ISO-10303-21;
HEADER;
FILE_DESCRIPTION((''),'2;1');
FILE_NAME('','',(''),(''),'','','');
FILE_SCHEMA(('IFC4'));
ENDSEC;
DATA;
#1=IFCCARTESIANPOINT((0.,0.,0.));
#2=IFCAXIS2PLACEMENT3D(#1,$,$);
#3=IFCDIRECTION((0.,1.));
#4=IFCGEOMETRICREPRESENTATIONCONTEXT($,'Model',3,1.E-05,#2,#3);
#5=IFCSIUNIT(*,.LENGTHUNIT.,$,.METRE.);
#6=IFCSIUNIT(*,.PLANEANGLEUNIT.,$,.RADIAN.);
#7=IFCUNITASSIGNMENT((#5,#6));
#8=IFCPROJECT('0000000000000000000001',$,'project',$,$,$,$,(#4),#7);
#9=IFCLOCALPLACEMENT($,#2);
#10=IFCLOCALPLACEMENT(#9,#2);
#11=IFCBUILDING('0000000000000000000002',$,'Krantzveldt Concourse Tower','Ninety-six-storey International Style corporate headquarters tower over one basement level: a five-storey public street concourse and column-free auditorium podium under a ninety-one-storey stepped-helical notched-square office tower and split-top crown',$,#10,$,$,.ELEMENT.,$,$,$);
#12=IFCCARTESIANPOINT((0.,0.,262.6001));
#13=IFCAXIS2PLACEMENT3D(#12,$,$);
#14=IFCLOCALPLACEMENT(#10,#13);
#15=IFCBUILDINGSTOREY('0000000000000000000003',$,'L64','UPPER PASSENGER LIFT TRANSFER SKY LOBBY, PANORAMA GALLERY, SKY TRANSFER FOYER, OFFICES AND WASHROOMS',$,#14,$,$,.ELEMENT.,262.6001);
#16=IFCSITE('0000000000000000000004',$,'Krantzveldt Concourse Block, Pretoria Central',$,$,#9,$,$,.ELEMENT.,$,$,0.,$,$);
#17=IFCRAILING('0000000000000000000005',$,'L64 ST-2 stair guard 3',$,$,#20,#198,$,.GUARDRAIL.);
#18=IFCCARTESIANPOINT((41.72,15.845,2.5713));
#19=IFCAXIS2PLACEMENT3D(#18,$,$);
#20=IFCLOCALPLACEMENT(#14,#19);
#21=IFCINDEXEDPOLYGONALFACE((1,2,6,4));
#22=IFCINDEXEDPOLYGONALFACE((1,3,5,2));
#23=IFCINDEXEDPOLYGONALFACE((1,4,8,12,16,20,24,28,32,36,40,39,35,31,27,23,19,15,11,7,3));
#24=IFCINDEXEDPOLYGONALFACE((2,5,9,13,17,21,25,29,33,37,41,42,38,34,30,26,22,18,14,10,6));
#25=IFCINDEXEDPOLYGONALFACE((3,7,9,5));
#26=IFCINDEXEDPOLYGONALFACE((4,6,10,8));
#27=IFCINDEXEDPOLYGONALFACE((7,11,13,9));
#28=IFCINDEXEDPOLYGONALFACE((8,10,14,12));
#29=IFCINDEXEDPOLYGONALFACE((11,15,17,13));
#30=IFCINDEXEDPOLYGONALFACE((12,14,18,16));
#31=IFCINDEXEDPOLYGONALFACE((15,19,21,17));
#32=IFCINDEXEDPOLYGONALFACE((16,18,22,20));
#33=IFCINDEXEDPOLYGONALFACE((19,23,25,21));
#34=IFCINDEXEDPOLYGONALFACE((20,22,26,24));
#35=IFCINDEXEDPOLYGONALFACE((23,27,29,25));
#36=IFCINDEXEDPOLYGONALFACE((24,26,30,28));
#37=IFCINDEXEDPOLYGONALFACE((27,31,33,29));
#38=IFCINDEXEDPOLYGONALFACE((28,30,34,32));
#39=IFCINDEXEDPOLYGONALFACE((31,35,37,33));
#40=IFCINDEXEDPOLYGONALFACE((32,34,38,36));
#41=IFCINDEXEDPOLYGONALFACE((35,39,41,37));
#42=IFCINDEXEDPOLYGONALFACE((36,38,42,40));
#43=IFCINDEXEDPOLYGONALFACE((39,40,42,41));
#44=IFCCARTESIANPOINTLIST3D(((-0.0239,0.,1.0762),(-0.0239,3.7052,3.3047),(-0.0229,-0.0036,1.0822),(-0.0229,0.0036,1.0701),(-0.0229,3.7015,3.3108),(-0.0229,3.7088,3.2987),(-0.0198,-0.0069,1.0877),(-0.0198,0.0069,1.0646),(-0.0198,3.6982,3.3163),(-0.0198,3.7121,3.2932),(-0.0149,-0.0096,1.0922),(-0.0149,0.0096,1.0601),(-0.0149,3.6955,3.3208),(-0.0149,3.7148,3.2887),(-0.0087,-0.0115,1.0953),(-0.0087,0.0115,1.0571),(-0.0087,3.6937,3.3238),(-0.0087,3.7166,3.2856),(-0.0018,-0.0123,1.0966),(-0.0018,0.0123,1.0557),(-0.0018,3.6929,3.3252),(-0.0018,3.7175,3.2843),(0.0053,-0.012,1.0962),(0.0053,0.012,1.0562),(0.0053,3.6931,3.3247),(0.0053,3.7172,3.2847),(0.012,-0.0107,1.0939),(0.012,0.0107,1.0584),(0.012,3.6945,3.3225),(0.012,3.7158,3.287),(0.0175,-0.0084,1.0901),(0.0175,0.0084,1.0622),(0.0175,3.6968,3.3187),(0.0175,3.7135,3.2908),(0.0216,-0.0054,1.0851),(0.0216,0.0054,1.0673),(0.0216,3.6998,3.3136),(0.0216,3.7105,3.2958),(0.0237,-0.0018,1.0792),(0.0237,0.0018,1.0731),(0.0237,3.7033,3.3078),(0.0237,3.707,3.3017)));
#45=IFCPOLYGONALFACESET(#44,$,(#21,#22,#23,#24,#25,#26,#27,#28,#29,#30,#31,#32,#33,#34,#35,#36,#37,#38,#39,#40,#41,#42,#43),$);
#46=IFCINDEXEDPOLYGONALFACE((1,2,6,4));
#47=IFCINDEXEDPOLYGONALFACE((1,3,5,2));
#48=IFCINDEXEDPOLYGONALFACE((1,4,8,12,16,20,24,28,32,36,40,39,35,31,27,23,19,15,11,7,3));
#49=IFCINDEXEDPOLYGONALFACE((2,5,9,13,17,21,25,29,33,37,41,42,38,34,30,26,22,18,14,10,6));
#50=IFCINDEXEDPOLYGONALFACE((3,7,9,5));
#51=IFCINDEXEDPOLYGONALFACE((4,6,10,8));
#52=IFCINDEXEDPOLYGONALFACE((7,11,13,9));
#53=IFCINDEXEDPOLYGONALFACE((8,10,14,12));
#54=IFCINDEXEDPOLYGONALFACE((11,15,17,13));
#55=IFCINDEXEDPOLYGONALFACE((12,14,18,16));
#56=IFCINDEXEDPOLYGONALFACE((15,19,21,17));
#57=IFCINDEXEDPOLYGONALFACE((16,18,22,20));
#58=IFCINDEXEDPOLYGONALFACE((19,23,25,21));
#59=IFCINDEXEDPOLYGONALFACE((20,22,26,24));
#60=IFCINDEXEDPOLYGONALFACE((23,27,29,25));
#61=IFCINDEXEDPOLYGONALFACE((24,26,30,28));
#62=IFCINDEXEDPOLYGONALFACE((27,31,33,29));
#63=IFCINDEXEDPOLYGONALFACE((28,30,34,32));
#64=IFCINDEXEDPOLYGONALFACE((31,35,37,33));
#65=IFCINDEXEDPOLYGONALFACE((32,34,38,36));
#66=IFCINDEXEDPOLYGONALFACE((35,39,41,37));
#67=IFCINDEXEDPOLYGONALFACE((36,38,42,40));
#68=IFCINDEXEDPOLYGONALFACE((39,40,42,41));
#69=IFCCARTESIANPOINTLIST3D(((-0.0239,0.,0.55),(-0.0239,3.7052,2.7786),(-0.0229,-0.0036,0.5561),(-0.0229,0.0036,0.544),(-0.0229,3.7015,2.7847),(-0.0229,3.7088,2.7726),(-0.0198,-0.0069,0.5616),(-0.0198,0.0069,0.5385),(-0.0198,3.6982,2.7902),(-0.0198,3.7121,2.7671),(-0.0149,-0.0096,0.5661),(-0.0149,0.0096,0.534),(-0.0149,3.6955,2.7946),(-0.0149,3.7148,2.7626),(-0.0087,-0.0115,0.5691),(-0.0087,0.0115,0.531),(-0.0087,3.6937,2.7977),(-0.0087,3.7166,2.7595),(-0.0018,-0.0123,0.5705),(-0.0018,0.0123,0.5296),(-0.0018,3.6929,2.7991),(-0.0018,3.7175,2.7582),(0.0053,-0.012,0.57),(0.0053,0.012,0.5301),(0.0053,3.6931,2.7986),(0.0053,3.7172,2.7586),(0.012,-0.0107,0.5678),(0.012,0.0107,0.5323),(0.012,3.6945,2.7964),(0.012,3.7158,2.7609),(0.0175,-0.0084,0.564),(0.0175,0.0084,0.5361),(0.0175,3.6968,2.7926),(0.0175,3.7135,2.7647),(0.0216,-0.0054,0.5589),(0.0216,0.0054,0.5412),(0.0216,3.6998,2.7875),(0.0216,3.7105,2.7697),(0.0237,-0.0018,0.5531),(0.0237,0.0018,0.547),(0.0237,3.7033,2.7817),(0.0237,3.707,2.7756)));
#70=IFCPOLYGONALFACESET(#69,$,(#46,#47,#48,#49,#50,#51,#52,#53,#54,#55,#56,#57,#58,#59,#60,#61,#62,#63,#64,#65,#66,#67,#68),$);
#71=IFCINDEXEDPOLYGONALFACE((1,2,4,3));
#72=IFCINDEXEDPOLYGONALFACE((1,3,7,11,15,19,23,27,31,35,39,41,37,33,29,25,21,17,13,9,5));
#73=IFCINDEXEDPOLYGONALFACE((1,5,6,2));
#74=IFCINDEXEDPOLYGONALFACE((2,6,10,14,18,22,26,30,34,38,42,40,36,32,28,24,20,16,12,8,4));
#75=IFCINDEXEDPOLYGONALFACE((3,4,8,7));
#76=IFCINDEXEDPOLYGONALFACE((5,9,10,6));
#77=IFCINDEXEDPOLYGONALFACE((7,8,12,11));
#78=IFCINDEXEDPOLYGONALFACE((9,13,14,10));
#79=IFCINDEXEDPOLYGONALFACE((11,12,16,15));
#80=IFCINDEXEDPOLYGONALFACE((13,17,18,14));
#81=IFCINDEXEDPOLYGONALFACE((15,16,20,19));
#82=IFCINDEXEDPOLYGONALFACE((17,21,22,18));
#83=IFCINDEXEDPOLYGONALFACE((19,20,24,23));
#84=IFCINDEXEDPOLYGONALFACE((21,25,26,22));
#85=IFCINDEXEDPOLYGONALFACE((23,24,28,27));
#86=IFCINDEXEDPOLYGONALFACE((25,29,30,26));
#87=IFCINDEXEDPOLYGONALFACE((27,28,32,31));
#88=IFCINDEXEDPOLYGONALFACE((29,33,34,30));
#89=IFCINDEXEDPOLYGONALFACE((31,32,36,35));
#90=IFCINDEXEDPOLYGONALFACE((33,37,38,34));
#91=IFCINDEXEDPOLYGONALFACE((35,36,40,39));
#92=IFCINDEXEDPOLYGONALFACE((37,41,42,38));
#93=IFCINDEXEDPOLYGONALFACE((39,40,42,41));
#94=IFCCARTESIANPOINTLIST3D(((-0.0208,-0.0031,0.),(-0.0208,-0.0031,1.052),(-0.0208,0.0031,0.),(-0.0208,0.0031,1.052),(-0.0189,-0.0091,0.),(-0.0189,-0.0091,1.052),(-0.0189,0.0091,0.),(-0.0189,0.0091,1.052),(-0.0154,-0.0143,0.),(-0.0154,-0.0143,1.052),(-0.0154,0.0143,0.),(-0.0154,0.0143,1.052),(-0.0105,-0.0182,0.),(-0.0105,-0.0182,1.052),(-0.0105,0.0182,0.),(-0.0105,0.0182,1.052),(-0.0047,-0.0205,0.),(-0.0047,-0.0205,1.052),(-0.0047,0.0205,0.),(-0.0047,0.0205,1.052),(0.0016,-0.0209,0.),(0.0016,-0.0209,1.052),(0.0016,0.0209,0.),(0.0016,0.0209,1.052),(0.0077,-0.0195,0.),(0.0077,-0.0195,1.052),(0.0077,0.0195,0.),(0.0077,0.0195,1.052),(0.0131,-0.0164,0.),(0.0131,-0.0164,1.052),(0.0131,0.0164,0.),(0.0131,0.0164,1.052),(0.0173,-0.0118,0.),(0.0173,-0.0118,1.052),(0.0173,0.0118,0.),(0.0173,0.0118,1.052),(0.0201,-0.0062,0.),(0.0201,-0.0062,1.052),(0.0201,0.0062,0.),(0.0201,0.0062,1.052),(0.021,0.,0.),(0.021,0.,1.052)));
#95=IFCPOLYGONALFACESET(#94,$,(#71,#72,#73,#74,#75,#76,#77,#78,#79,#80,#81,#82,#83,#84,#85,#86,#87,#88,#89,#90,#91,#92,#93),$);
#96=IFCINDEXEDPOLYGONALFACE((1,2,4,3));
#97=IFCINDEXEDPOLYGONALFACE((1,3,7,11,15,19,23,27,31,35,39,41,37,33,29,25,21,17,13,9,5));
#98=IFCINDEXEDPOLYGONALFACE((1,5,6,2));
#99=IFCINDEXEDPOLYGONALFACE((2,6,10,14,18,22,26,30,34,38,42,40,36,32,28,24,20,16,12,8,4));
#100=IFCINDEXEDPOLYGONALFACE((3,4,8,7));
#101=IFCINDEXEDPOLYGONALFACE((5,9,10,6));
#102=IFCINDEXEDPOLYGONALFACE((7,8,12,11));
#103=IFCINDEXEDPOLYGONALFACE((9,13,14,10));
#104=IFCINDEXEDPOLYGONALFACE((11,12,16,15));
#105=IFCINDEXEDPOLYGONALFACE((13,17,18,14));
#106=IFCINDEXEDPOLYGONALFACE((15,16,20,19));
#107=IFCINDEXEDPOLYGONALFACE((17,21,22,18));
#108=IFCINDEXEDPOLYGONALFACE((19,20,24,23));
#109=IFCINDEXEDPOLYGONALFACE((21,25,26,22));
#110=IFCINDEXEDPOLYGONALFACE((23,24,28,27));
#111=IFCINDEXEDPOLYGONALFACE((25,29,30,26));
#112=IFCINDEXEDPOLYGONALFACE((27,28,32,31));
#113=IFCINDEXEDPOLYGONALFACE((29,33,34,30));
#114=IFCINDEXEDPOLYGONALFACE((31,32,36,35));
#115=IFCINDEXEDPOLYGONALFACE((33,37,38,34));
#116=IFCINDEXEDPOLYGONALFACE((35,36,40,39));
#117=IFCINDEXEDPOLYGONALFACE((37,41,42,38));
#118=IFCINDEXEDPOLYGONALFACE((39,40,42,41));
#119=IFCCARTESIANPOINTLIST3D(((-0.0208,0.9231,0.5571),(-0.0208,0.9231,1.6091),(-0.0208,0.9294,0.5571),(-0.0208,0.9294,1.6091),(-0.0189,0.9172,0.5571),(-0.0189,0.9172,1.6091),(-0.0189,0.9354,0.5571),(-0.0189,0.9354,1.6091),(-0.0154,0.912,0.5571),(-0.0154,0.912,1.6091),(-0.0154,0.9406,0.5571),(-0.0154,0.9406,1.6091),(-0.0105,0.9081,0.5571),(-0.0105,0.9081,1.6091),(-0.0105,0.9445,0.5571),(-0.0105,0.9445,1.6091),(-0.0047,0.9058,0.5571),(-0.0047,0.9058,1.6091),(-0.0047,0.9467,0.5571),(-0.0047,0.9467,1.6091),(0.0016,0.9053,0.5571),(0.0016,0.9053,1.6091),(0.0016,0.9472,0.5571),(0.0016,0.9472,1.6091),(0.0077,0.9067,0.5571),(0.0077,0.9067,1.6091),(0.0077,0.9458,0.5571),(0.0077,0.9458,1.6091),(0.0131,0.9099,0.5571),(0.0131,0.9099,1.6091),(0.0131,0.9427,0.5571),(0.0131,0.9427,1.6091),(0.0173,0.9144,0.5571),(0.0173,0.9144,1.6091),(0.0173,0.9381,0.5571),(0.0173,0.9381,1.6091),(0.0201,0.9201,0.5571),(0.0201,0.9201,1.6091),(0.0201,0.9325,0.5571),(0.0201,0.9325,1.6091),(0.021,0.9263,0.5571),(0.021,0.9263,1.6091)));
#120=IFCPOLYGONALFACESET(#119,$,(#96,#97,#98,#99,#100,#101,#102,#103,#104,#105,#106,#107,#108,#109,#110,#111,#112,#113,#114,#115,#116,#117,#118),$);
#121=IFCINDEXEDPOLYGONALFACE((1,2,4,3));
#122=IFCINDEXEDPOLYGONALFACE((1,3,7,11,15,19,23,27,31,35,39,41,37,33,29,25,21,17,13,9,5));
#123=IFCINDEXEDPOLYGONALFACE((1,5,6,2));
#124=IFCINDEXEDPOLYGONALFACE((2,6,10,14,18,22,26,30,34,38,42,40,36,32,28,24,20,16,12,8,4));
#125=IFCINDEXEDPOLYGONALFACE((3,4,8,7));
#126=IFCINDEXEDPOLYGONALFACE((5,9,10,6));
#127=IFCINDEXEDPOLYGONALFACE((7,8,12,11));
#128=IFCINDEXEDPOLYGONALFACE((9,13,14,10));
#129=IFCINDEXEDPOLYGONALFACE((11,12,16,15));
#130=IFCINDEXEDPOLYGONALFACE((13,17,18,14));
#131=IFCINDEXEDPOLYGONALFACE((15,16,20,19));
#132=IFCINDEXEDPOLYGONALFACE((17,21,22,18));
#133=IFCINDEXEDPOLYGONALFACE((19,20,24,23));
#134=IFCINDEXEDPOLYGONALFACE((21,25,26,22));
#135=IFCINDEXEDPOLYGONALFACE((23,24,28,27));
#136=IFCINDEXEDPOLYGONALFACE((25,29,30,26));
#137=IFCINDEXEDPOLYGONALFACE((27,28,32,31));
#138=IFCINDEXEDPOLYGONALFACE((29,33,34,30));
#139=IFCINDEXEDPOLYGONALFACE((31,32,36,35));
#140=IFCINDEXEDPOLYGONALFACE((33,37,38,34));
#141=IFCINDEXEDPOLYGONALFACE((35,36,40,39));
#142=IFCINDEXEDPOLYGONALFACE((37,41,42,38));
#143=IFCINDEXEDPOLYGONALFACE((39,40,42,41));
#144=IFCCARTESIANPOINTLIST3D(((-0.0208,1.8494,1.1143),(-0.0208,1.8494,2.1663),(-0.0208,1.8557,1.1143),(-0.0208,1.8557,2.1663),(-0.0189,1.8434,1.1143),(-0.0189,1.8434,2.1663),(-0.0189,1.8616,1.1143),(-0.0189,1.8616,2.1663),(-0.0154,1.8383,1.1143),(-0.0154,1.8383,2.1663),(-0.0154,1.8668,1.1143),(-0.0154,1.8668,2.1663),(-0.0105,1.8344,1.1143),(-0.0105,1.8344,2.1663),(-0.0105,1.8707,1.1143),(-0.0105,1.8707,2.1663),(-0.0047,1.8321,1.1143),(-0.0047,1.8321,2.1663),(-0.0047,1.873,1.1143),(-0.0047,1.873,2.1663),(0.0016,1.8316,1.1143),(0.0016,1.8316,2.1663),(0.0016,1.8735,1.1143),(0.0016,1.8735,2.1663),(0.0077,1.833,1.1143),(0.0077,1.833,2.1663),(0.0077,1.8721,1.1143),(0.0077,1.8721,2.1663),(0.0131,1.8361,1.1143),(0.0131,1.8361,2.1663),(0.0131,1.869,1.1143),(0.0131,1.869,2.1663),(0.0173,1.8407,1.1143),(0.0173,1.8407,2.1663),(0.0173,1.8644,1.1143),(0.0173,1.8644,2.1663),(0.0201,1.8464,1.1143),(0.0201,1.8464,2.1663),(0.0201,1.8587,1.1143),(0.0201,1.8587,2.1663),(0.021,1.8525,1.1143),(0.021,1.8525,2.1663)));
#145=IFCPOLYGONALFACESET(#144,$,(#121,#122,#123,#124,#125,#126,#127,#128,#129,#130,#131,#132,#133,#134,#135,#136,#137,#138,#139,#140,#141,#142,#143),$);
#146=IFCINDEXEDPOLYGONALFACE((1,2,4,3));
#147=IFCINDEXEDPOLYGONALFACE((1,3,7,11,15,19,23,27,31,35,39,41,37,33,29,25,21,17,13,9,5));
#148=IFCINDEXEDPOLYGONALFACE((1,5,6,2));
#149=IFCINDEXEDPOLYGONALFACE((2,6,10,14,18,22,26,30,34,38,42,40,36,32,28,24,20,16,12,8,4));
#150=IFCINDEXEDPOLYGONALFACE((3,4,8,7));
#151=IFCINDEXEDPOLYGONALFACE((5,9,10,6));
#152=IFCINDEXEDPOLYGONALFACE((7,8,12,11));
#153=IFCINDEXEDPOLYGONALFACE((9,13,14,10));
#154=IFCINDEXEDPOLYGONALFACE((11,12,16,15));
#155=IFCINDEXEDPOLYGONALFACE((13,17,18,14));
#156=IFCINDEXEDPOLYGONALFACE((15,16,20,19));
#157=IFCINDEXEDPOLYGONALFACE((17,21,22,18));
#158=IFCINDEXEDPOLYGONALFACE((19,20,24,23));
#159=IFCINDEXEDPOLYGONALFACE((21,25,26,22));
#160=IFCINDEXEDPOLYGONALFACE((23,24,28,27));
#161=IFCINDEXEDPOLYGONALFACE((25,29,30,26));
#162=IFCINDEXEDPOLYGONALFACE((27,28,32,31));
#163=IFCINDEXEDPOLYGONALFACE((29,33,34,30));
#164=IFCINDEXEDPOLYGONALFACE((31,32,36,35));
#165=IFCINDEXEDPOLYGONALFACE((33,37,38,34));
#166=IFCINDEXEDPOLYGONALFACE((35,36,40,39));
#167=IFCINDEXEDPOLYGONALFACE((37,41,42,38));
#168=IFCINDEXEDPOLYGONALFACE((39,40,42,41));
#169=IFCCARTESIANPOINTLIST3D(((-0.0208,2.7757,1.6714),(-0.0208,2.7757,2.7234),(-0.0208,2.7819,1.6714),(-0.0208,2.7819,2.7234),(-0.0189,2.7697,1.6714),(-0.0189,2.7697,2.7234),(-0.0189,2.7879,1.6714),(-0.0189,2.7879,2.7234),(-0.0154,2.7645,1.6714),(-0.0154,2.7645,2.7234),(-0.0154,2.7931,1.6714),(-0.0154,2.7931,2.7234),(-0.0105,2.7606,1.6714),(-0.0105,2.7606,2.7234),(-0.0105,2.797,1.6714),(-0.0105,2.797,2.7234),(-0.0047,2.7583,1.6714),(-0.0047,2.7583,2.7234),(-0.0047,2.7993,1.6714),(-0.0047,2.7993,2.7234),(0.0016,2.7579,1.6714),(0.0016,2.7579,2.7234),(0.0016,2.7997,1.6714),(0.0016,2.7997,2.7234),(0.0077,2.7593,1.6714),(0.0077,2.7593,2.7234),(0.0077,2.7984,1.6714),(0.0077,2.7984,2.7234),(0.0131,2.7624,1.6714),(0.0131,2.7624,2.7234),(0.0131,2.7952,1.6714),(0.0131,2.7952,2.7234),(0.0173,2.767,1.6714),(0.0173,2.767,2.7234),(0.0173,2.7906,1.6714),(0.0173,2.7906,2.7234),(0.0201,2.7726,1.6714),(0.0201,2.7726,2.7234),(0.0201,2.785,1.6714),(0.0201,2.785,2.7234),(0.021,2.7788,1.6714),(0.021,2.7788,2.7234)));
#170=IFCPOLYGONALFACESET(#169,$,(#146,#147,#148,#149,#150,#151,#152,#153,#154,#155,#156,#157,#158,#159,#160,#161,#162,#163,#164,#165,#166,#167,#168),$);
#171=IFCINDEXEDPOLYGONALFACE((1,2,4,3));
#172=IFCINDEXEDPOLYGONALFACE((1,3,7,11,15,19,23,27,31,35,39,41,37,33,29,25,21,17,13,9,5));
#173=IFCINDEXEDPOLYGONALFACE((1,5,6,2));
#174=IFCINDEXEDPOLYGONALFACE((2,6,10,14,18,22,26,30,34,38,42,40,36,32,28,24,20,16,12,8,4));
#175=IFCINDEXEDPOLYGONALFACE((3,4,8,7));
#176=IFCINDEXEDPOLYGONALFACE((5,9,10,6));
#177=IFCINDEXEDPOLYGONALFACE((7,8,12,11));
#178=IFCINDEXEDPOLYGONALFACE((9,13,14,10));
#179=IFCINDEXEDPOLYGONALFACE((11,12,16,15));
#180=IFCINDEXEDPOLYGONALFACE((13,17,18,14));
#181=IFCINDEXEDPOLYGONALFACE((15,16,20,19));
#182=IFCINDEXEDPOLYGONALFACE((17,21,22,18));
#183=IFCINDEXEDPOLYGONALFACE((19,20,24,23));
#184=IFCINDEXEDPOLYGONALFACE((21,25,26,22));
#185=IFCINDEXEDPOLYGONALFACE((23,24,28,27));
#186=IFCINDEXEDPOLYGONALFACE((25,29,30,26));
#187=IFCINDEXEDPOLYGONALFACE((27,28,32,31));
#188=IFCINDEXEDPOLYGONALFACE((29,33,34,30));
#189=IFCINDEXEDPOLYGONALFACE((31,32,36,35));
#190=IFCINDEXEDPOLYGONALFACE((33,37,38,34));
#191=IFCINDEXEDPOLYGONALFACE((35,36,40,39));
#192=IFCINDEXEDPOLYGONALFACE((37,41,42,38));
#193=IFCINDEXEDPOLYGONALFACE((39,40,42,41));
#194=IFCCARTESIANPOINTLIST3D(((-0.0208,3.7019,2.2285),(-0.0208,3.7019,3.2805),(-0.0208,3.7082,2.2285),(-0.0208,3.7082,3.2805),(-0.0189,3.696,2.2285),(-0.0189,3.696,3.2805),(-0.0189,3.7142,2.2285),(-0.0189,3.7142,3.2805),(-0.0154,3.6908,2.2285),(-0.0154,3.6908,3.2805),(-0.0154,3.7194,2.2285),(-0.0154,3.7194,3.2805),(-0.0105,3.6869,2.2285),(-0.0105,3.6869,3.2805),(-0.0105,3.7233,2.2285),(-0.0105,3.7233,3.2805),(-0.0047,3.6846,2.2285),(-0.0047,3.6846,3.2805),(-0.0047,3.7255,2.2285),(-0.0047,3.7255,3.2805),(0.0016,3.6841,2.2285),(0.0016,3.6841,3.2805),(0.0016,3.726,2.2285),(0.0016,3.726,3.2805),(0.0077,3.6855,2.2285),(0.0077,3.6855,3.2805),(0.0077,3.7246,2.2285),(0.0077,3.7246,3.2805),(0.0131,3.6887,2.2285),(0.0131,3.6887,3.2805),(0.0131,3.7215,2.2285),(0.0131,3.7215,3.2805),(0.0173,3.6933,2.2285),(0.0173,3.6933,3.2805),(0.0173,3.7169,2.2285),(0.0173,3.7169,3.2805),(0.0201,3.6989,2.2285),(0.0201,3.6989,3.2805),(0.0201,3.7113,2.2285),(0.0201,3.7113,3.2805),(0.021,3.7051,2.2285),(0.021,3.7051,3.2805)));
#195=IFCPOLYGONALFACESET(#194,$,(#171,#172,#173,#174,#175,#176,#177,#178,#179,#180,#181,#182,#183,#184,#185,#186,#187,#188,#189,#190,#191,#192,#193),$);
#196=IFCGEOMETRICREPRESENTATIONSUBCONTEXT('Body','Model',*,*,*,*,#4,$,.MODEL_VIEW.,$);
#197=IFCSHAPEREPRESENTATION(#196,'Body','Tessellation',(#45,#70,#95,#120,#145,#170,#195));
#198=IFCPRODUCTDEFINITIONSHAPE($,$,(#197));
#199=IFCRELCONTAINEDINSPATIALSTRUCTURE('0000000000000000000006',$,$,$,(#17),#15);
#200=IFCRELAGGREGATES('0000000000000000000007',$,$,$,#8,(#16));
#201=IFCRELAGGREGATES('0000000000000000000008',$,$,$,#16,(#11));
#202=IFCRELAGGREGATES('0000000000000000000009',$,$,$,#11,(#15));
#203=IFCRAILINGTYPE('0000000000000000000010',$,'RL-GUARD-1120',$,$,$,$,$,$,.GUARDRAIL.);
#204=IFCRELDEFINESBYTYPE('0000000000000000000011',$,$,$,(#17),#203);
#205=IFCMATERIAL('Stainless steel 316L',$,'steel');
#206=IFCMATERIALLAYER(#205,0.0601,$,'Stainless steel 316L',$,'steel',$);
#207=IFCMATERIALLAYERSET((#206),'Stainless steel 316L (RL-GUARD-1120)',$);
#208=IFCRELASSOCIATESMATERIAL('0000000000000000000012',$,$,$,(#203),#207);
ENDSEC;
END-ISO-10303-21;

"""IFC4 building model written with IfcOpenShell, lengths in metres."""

from ifc_helpers import new_model, si_unit, direction, frame, origin, origin_2d, place, context, subcontext, project, spatial, circle, extrude, material, layer, layer_set, type_object, element, save


model = new_model("IFC4")

# Units and contexts
model_context = context("Model", 3, precision=1e-05, world=origin(), true_north=direction((0.0, 1.0)))
body_context = subcontext(model_context, "Body", "Model", "MODEL_VIEW")
ifc_project = project(units=[si_unit("LENGTHUNIT", "METRE"), si_unit("PLANEANGLEUNIT", "RADIAN")], contexts=[model_context])

# Site, building, storey
site_placement = place(None, origin())
site = spatial("IfcSite", under=ifc_project, at=site_placement, Name="Krantzveldt Concourse Block, Pretoria Central", CompositionType="ELEMENT", RefElevation=0.0)
building_placement = place(site_placement, origin())
building = spatial("IfcBuilding", under=site, at=building_placement, Name="Krantzveldt Concourse Tower", Description="Ninety-six-storey International Style corporate headquarters tower over one basement level: a five-storey public street concourse and column-free auditorium podium under a ninety-one-storey stepped-helical notched-square office tower and split-top crown", CompositionType="ELEMENT")
storey_placement = place(building_placement, frame((0.0, 0.0, 262.6001)))
storey = spatial("IfcBuildingStorey", under=building, at=storey_placement, Name="L64", Description="UPPER PASSENGER LIFT TRANSFER SKY LOBBY, PANORAMA GALLERY, SKY TRANSFER FOYER, OFFICES AND WASHROOMS", CompositionType="ELEMENT", Elevation=262.6001)

# Shared definitions
ifc_material_1 = material(Name="Stainless steel 316L", Category="steel")

# Railing
ifc_layer_1 = layer(ifc_material_1, 0.0601, Name="Stainless steel 316L", Category="steel")
ifc_layer_set_1 = layer_set([ifc_layer_1], Name="Stainless steel 316L (RL-GUARD-1120)")
railing_type_1 = type_object("IfcRailingType", Name="RL-GUARD-1120", PredefinedType="GUARDRAIL", material=ifc_layer_set_1)
railing_1_placement = place(storey_placement, frame((41.72, 15.845, 2.5713)))
element("IfcRailing", 1, at=railing_1_placement, inside=storey, type_object=railing_type_1, Name="L64 ST-2 stair guard 3", PredefinedType="GUARDRAIL", context=body_context, shape_type="SweptSolid", body=[
    extrude(circle(Radius=0.0239, at=origin_2d()), frame((0.0, 0.0, 1.0762), z_axis=(0.0, 0.856934, 0.515425), x_axis=(-1.0, 0.0, 0.0)), (0.0, 0.0, 1.0), 4.3237),
    extrude(circle(Radius=0.0239, at=origin_2d()), frame((0.0, 0.0, 0.55), z_axis=(0.0, 0.856934, 0.515425), x_axis=(-1.0, 0.0, 0.0)), (0.0, 0.0, 1.0), 4.3237),
    extrude(circle(Radius=0.021, at=origin_2d()), origin(), (0.0, 0.0, 1.0), 1.052),
    extrude(circle(Radius=0.021, at=origin_2d()), frame((0.0, 0.9263, 0.5571)), (0.0, 0.0, 1.0), 1.052),
    extrude(circle(Radius=0.021, at=origin_2d()), frame((0.0, 1.8525, 1.1143)), (0.0, 0.0, 1.0), 1.052),
    extrude(circle(Radius=0.021, at=origin_2d()), frame((0.0, 2.7788, 1.6714)), (0.0, 0.0, 1.0), 1.052),
    extrude(circle(Radius=0.021, at=origin_2d()), frame((0.0, 3.7051, 2.2285)), (0.0, 0.0, 1.0), 1.052),
])

save(model, "model.ifc")
